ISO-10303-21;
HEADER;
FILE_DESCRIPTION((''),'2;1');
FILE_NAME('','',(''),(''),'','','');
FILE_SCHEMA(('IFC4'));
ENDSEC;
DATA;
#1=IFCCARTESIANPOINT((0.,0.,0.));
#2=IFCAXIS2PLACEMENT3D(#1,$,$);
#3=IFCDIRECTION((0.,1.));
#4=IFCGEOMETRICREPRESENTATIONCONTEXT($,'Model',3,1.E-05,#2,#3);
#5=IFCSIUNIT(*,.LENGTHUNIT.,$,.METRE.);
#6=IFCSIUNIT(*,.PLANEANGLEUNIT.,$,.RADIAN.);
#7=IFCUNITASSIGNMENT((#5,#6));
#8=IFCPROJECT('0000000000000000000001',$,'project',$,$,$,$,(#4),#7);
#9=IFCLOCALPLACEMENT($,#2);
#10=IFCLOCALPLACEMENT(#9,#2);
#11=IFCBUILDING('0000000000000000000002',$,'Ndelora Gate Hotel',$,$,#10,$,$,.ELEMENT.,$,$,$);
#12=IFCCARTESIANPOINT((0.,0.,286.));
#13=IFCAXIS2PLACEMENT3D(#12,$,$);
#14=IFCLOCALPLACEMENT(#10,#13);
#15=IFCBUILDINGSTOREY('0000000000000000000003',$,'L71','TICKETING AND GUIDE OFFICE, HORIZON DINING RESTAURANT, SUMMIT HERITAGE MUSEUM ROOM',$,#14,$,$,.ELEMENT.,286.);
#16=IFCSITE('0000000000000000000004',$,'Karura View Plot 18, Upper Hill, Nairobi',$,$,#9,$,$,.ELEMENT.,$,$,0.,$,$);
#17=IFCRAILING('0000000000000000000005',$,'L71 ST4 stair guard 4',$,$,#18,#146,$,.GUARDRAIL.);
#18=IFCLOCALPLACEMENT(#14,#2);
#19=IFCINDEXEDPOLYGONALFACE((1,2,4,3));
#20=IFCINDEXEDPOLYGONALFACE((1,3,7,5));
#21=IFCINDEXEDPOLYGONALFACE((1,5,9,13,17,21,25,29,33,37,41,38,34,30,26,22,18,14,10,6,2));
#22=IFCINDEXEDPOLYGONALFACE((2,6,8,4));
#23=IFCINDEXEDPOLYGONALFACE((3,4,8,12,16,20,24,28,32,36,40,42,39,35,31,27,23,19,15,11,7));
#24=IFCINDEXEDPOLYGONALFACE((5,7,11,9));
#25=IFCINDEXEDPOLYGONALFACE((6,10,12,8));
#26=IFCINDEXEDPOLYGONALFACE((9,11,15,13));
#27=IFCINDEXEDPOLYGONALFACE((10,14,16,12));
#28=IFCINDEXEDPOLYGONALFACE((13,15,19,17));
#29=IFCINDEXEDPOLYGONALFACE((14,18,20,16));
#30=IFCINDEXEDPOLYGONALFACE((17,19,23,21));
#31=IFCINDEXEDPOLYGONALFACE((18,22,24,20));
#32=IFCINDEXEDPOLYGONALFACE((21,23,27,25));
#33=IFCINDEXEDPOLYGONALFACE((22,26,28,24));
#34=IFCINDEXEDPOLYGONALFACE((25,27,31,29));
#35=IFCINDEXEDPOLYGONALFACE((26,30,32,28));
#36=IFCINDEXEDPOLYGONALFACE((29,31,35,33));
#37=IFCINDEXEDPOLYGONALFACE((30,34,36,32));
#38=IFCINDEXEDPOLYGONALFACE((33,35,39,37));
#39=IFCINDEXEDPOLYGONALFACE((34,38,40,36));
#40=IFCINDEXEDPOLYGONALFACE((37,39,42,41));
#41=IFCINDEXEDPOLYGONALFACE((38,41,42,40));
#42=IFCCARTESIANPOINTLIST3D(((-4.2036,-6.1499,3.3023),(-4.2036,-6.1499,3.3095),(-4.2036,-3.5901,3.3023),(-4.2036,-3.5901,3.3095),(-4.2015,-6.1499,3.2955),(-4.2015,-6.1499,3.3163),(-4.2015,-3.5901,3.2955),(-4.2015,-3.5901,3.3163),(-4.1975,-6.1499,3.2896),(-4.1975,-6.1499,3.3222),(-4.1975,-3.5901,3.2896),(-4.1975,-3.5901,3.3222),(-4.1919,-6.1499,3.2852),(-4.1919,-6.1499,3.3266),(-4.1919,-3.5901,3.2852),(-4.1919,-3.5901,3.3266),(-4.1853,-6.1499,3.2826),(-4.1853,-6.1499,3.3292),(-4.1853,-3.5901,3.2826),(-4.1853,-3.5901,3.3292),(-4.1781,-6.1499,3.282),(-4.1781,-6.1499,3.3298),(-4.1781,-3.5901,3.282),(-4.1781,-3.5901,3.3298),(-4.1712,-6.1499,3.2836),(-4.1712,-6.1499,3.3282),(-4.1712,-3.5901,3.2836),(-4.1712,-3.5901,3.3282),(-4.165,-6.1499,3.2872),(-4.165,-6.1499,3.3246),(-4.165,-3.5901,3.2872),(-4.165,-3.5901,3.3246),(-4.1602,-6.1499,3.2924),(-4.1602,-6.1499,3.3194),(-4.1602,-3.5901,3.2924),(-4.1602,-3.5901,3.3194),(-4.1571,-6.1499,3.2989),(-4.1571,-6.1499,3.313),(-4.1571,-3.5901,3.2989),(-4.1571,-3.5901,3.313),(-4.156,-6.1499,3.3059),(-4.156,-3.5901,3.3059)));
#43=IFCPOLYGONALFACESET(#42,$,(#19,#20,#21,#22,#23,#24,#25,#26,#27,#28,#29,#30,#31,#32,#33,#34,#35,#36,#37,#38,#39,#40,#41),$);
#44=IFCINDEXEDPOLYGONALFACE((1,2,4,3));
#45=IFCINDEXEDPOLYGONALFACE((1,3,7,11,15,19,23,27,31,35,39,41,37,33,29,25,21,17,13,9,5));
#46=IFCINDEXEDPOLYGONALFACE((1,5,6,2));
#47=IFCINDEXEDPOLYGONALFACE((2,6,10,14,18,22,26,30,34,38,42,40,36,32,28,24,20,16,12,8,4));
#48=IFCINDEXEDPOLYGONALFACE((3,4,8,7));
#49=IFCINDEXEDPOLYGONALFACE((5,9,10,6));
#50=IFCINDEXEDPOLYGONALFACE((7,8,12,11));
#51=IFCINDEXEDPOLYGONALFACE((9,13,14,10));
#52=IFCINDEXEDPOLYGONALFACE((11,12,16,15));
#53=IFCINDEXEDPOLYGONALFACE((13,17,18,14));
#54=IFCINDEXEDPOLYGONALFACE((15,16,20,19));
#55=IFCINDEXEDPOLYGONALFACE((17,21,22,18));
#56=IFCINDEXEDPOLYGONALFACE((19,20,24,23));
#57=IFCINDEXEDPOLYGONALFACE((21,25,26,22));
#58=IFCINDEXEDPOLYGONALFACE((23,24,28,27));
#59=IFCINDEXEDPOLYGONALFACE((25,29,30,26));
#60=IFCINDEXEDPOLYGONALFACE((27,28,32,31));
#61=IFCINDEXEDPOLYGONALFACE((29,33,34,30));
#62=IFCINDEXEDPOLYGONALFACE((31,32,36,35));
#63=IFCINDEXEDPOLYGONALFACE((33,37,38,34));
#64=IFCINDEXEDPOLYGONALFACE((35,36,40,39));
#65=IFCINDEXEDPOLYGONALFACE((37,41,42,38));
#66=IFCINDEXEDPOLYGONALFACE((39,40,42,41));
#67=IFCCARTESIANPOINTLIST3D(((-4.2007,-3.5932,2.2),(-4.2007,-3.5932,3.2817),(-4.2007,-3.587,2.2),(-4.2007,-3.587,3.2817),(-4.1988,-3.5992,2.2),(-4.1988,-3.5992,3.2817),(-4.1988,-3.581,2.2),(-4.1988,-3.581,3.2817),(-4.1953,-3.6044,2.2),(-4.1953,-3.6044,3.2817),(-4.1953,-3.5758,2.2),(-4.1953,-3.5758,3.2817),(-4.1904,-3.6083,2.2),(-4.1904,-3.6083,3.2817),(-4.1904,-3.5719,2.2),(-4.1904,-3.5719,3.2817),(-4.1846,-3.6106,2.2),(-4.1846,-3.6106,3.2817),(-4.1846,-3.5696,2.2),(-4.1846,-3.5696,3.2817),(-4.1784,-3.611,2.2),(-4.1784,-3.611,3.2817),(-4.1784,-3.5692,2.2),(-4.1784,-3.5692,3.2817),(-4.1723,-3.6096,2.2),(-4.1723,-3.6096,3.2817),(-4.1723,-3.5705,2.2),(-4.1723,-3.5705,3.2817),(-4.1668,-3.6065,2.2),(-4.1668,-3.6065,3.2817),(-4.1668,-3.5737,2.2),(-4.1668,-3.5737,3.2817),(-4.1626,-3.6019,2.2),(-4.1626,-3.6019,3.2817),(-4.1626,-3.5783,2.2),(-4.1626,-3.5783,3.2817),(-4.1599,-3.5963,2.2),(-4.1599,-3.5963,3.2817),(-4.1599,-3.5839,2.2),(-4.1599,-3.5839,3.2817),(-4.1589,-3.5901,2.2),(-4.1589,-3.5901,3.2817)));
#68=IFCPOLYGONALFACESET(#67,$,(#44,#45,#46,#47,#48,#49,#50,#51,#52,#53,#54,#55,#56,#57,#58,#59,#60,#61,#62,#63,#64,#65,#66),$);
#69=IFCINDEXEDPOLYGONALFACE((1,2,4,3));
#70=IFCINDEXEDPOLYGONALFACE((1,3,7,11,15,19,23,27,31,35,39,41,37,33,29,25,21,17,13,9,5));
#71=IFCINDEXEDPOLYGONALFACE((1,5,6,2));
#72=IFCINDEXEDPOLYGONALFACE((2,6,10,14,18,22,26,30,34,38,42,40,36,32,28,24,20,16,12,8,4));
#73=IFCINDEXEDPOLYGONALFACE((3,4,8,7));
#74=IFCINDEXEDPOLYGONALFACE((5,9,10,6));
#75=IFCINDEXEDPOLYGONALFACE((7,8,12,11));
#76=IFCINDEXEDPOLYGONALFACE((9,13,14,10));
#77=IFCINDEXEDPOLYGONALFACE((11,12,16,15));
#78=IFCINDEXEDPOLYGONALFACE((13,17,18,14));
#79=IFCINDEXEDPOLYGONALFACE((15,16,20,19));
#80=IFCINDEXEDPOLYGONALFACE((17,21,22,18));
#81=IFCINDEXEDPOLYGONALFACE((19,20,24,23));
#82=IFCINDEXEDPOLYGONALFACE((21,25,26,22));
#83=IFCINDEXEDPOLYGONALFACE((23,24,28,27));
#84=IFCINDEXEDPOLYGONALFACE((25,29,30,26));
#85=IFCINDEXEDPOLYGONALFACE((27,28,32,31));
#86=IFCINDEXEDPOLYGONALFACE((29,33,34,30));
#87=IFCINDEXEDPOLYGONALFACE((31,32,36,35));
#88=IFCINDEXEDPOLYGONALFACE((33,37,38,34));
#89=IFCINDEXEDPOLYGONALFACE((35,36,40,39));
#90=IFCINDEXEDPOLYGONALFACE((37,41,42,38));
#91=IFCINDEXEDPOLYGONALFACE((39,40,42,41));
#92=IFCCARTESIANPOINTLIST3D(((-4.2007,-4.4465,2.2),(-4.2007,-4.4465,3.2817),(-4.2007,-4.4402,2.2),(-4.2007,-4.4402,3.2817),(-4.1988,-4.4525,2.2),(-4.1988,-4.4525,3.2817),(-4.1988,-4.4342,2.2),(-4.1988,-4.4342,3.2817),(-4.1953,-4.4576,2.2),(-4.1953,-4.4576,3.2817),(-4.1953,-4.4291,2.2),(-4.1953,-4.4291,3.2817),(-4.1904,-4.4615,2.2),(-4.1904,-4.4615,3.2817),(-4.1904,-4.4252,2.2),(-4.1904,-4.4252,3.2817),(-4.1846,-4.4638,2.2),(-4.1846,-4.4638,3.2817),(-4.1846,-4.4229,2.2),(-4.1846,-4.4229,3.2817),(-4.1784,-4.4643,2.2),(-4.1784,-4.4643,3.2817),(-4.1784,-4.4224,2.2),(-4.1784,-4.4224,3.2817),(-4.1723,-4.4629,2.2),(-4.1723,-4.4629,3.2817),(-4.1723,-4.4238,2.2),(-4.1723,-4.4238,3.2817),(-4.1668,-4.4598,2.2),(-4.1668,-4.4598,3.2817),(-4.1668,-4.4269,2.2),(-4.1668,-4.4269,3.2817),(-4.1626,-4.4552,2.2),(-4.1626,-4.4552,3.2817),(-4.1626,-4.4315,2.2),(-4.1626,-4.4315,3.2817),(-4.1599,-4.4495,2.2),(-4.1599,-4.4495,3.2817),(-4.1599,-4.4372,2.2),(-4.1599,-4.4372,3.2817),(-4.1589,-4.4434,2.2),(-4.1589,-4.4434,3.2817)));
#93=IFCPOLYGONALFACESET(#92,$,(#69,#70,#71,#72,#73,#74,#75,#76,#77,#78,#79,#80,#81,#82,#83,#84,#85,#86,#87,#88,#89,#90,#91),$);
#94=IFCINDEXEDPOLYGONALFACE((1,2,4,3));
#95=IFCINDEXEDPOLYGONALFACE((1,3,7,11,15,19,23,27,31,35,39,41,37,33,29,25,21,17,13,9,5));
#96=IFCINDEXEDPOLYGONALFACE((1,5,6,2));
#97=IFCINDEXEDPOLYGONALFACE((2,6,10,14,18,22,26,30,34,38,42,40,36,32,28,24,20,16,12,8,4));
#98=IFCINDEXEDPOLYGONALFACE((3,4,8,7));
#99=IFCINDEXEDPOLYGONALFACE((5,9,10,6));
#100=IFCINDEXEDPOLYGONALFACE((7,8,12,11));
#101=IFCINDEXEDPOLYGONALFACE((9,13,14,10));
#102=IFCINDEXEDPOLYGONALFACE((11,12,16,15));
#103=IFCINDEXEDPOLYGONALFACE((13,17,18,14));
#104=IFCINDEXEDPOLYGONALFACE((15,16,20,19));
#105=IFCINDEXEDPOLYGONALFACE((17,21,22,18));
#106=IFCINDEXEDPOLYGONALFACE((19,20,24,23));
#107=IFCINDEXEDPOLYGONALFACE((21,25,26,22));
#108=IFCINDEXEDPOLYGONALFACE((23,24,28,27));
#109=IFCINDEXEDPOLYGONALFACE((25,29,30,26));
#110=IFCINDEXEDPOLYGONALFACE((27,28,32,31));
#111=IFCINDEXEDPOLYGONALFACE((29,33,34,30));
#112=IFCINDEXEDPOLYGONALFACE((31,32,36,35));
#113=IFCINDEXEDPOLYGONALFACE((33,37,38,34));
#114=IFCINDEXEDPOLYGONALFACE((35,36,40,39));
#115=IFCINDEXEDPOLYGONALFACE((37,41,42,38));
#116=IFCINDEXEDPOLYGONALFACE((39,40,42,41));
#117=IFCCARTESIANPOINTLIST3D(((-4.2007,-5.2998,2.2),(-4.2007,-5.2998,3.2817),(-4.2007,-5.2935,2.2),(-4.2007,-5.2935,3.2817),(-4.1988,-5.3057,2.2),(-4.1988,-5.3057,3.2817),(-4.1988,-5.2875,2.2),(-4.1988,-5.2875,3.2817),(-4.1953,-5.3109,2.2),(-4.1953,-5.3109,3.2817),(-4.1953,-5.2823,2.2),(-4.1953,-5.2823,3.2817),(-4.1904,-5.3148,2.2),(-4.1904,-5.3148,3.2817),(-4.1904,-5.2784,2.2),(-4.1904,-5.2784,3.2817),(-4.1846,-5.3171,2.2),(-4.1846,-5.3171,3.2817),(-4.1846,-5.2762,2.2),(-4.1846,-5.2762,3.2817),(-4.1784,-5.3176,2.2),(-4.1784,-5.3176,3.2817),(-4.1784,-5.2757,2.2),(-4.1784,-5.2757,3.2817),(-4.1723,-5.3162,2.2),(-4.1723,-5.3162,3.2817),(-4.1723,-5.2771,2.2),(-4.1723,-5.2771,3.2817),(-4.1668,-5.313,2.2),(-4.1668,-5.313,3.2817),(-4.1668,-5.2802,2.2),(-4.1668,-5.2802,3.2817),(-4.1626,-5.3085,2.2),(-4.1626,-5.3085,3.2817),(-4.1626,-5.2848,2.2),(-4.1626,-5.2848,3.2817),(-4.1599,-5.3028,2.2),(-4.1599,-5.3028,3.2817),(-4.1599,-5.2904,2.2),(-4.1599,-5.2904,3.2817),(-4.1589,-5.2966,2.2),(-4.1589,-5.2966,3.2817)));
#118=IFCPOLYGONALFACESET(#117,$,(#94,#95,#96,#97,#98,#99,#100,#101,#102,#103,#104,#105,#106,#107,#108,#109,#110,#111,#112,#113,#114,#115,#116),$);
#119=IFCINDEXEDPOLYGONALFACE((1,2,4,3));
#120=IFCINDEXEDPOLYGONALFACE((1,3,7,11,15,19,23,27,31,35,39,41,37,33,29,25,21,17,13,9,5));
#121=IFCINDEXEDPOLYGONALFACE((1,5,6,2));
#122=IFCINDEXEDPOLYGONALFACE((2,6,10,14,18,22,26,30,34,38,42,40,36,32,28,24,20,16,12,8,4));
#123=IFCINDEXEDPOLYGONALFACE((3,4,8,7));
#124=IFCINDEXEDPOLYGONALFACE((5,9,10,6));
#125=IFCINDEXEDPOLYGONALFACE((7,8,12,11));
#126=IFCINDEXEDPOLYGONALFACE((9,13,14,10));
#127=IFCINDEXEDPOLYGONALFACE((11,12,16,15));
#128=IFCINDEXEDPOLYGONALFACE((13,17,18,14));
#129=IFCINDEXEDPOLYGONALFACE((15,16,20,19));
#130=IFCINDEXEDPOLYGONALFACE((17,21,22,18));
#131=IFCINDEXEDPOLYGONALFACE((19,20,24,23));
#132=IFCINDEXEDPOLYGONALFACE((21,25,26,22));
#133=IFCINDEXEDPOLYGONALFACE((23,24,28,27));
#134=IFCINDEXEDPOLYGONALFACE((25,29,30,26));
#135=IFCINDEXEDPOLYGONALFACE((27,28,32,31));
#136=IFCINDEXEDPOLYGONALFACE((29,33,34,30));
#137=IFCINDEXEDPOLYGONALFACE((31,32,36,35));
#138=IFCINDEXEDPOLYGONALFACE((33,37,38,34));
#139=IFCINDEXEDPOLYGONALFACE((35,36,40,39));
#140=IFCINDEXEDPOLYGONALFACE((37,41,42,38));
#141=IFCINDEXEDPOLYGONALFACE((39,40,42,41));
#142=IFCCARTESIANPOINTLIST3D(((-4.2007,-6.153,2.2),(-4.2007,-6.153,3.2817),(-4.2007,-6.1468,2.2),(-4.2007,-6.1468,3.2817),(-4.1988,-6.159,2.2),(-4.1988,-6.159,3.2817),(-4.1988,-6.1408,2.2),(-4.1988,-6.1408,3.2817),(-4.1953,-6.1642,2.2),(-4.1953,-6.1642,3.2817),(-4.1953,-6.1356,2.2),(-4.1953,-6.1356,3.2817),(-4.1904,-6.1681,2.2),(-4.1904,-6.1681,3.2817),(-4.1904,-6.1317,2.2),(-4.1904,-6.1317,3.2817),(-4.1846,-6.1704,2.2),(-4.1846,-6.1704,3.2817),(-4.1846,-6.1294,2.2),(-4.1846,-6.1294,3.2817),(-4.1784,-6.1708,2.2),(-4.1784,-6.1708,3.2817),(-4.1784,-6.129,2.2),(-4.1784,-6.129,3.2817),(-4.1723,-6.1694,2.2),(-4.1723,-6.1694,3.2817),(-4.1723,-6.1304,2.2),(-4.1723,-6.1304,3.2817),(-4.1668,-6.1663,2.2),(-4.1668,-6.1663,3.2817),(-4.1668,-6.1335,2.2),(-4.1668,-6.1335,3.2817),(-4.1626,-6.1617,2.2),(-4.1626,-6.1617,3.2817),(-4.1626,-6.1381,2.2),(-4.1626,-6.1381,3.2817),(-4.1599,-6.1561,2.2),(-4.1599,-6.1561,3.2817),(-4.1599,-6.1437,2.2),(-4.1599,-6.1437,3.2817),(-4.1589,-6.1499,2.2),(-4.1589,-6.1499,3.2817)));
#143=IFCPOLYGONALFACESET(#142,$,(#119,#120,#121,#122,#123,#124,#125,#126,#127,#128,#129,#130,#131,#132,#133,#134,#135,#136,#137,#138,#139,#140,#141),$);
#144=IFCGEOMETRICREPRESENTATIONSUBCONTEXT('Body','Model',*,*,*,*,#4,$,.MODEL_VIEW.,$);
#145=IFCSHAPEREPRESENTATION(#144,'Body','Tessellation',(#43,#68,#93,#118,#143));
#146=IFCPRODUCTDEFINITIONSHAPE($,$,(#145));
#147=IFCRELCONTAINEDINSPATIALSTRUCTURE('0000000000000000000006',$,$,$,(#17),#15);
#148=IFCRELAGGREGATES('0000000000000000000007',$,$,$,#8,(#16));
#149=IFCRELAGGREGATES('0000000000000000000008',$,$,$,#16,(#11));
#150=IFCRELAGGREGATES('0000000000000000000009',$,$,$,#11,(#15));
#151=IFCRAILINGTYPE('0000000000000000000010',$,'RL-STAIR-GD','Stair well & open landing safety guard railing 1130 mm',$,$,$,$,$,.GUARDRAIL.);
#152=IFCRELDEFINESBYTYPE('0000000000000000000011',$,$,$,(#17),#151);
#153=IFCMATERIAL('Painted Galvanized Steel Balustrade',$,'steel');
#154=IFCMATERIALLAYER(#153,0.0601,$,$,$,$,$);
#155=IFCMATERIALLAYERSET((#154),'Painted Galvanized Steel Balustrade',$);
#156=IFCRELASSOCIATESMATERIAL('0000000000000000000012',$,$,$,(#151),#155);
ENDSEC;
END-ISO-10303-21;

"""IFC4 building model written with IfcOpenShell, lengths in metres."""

from ifc_helpers import new_model, si_unit, direction, frame, origin, origin_2d, place, context, subcontext, project, spatial, circle, extrude, material, layer, layer_set, type_object, element, save


model = new_model("IFC4")

# Units and contexts
model_context = context("Model", 3, precision=1e-05, world=origin(), true_north=direction((0.0, 1.0)))
body_context = subcontext(model_context, "Body", "Model", "MODEL_VIEW")
ifc_project = project(units=[si_unit("LENGTHUNIT", "METRE"), si_unit("PLANEANGLEUNIT", "RADIAN")], contexts=[model_context])

# Site, building, storey
site_placement = place(None, origin())
site = spatial("IfcSite", under=ifc_project, at=site_placement, Name="Karura View Plot 18, Upper Hill, Nairobi", CompositionType="ELEMENT", RefElevation=0.0)
building_placement = place(site_placement, origin())
building = spatial("IfcBuilding", under=site, at=building_placement, Name="Ndelora Gate Hotel", CompositionType="ELEMENT")
storey_placement = place(building_placement, frame((0.0, 0.0, 286.0)))
storey = spatial("IfcBuildingStorey", under=building, at=storey_placement, Name="L71", Description="TICKETING AND GUIDE OFFICE, HORIZON DINING RESTAURANT, SUMMIT HERITAGE MUSEUM ROOM", CompositionType="ELEMENT", Elevation=286.0)

# Railing
ifc_material_1 = material(Name="Painted Galvanized Steel Balustrade", Category="steel")
ifc_layer_1 = layer(ifc_material_1, 0.0601)
ifc_layer_set_1 = layer_set([ifc_layer_1], Name="Painted Galvanized Steel Balustrade")
railing_type_1 = type_object("IfcRailingType", Name="RL-STAIR-GD", Description="Stair well & open landing safety guard railing 1130 mm", PredefinedType="GUARDRAIL", material=ifc_layer_set_1)
for number, where, name in (
    (1, (-4.1799, -3.5901, 2.2), "L71 ST4 stair guard 4"),
):
    element("IfcRailing", number, at=place(storey_placement, frame(where)), inside=storey, type_object=railing_type_1, Name=name, PredefinedType="GUARDRAIL", context=body_context, shape_type="SweptSolid", body=[
        extrude(circle(Radius=0.0239, at=origin_2d()), frame((0.0, 0.0, 1.106), z_axis=(0.0, -1.0, 0.0), x_axis=(1.0, 0.0, 0.0)), (0.0, 0.0, 1.0), 2.5598),
        extrude(circle(Radius=0.021, at=origin_2d()), origin(), (0.0, 0.0, 1.0), 1.0818),
        extrude(circle(Radius=0.021, at=origin_2d()), frame((0.0, -0.8533, 0.0)), (0.0, 0.0, 1.0), 1.0818),
        extrude(circle(Radius=0.021, at=origin_2d()), frame((0.0, -1.7065, 0.0)), (0.0, 0.0, 1.0), 1.0818),
        extrude(circle(Radius=0.021, at=origin_2d()), frame((0.0, -2.5598, 0.0)), (0.0, 0.0, 1.0), 1.0818),
    ])

save(model, "model.ifc")
